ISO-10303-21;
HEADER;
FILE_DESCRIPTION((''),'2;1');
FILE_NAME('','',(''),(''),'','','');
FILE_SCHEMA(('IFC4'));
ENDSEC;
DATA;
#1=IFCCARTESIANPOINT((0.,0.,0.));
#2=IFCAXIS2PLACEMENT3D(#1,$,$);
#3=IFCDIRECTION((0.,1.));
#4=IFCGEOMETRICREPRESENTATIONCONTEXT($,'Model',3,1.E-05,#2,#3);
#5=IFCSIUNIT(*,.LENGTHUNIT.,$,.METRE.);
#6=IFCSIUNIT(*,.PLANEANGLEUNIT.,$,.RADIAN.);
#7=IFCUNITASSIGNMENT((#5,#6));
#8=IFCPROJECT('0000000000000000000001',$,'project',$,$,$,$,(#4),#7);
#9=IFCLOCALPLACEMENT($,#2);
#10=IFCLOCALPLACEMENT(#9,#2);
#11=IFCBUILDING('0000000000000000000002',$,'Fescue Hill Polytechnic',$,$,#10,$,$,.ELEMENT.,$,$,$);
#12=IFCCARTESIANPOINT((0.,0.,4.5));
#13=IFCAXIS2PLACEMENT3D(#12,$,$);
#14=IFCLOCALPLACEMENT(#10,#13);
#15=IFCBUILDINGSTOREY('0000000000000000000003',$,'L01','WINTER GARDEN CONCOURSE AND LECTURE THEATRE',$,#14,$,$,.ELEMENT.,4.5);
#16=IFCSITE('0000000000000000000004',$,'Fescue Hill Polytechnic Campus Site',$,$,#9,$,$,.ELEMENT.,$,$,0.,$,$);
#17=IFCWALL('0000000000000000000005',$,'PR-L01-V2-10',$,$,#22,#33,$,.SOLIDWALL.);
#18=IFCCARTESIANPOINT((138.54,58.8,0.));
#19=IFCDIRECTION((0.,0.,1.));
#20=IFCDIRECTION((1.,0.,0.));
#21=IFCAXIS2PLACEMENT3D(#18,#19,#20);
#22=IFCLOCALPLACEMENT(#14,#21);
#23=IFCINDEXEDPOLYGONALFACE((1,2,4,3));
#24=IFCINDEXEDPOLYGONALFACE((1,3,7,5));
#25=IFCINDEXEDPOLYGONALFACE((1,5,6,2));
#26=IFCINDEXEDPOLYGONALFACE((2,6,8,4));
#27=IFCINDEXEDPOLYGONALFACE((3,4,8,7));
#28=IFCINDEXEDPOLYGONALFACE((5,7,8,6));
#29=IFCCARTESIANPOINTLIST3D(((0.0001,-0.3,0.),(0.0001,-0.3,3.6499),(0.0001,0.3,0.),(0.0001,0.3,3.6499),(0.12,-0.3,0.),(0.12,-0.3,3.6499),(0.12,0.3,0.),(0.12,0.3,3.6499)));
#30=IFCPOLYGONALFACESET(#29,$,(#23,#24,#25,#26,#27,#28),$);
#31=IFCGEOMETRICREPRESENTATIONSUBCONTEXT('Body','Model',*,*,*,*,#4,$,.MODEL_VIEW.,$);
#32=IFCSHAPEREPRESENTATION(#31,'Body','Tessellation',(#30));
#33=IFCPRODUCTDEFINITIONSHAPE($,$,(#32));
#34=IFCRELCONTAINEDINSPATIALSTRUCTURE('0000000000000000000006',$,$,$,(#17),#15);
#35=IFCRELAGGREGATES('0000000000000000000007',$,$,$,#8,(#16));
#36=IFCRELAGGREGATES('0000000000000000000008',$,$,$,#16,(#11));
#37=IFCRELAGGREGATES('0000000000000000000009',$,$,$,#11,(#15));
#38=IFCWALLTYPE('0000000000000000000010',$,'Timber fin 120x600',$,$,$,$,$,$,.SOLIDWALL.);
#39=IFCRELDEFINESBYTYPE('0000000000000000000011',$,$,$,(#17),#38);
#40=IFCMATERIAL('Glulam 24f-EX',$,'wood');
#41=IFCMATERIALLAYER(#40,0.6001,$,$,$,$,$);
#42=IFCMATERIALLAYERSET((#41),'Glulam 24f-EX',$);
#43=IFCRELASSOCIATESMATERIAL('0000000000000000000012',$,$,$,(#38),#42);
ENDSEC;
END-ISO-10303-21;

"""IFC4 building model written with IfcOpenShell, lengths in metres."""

from ifc_helpers import new_model, si_unit, direction, frame, frame_2d, origin, place, context, subcontext, project, spatial, rectangle, extrude, material, layer, layer_set, type_object, element, save


model = new_model("IFC4")

# Units and contexts
model_context = context("Model", 3, precision=1e-05, world=origin(), true_north=direction((0.0, 1.0)))
body_context = subcontext(model_context, "Body", "Model", "MODEL_VIEW")
ifc_project = project(units=[si_unit("LENGTHUNIT", "METRE"), si_unit("PLANEANGLEUNIT", "RADIAN")], contexts=[model_context])

# Site, building, storey
site_placement = place(None, origin())
site = spatial("IfcSite", under=ifc_project, at=site_placement, Name="Fescue Hill Polytechnic Campus Site", CompositionType="ELEMENT", RefElevation=0.0)
building_placement = place(site_placement, origin())
building = spatial("IfcBuilding", under=site, at=building_placement, Name="Fescue Hill Polytechnic", CompositionType="ELEMENT")
storey_placement = place(building_placement, frame((0.0, 0.0, 4.5)))
storey = spatial("IfcBuildingStorey", under=building, at=storey_placement, Name="L01", Description="WINTER GARDEN CONCOURSE AND LECTURE THEATRE", CompositionType="ELEMENT", Elevation=4.5)

# Wall
ifc_material_1 = material(Name="Glulam 24f-EX", Category="wood")
ifc_layer_1 = layer(ifc_material_1, 0.6001)
ifc_layer_set_1 = layer_set([ifc_layer_1], Name="Glulam 24f-EX")
wall_type = type_object("IfcWallType", Name="Timber fin 120x600", PredefinedType="SOLIDWALL", material=ifc_layer_set_1)
wall_placement = place(storey_placement, frame((138.54, 58.8, 0.0), z_axis=(0.0, 0.0, 1.0), x_axis=(1.0, 0.0, 0.0)))
element("IfcWall", 1, at=wall_placement, inside=storey, type_object=wall_type, Name="PR-L01-V2-10", PredefinedType="SOLIDWALL", context=body_context, shape_type="SweptSolid", body=[
    extrude(rectangle(XDim=0.1199, YDim=0.6001, at=frame_2d((0.0601, 0.0))), origin(), (0.0, 0.0, 1.0), 3.6499),
])

save(model, "model.ifc")
